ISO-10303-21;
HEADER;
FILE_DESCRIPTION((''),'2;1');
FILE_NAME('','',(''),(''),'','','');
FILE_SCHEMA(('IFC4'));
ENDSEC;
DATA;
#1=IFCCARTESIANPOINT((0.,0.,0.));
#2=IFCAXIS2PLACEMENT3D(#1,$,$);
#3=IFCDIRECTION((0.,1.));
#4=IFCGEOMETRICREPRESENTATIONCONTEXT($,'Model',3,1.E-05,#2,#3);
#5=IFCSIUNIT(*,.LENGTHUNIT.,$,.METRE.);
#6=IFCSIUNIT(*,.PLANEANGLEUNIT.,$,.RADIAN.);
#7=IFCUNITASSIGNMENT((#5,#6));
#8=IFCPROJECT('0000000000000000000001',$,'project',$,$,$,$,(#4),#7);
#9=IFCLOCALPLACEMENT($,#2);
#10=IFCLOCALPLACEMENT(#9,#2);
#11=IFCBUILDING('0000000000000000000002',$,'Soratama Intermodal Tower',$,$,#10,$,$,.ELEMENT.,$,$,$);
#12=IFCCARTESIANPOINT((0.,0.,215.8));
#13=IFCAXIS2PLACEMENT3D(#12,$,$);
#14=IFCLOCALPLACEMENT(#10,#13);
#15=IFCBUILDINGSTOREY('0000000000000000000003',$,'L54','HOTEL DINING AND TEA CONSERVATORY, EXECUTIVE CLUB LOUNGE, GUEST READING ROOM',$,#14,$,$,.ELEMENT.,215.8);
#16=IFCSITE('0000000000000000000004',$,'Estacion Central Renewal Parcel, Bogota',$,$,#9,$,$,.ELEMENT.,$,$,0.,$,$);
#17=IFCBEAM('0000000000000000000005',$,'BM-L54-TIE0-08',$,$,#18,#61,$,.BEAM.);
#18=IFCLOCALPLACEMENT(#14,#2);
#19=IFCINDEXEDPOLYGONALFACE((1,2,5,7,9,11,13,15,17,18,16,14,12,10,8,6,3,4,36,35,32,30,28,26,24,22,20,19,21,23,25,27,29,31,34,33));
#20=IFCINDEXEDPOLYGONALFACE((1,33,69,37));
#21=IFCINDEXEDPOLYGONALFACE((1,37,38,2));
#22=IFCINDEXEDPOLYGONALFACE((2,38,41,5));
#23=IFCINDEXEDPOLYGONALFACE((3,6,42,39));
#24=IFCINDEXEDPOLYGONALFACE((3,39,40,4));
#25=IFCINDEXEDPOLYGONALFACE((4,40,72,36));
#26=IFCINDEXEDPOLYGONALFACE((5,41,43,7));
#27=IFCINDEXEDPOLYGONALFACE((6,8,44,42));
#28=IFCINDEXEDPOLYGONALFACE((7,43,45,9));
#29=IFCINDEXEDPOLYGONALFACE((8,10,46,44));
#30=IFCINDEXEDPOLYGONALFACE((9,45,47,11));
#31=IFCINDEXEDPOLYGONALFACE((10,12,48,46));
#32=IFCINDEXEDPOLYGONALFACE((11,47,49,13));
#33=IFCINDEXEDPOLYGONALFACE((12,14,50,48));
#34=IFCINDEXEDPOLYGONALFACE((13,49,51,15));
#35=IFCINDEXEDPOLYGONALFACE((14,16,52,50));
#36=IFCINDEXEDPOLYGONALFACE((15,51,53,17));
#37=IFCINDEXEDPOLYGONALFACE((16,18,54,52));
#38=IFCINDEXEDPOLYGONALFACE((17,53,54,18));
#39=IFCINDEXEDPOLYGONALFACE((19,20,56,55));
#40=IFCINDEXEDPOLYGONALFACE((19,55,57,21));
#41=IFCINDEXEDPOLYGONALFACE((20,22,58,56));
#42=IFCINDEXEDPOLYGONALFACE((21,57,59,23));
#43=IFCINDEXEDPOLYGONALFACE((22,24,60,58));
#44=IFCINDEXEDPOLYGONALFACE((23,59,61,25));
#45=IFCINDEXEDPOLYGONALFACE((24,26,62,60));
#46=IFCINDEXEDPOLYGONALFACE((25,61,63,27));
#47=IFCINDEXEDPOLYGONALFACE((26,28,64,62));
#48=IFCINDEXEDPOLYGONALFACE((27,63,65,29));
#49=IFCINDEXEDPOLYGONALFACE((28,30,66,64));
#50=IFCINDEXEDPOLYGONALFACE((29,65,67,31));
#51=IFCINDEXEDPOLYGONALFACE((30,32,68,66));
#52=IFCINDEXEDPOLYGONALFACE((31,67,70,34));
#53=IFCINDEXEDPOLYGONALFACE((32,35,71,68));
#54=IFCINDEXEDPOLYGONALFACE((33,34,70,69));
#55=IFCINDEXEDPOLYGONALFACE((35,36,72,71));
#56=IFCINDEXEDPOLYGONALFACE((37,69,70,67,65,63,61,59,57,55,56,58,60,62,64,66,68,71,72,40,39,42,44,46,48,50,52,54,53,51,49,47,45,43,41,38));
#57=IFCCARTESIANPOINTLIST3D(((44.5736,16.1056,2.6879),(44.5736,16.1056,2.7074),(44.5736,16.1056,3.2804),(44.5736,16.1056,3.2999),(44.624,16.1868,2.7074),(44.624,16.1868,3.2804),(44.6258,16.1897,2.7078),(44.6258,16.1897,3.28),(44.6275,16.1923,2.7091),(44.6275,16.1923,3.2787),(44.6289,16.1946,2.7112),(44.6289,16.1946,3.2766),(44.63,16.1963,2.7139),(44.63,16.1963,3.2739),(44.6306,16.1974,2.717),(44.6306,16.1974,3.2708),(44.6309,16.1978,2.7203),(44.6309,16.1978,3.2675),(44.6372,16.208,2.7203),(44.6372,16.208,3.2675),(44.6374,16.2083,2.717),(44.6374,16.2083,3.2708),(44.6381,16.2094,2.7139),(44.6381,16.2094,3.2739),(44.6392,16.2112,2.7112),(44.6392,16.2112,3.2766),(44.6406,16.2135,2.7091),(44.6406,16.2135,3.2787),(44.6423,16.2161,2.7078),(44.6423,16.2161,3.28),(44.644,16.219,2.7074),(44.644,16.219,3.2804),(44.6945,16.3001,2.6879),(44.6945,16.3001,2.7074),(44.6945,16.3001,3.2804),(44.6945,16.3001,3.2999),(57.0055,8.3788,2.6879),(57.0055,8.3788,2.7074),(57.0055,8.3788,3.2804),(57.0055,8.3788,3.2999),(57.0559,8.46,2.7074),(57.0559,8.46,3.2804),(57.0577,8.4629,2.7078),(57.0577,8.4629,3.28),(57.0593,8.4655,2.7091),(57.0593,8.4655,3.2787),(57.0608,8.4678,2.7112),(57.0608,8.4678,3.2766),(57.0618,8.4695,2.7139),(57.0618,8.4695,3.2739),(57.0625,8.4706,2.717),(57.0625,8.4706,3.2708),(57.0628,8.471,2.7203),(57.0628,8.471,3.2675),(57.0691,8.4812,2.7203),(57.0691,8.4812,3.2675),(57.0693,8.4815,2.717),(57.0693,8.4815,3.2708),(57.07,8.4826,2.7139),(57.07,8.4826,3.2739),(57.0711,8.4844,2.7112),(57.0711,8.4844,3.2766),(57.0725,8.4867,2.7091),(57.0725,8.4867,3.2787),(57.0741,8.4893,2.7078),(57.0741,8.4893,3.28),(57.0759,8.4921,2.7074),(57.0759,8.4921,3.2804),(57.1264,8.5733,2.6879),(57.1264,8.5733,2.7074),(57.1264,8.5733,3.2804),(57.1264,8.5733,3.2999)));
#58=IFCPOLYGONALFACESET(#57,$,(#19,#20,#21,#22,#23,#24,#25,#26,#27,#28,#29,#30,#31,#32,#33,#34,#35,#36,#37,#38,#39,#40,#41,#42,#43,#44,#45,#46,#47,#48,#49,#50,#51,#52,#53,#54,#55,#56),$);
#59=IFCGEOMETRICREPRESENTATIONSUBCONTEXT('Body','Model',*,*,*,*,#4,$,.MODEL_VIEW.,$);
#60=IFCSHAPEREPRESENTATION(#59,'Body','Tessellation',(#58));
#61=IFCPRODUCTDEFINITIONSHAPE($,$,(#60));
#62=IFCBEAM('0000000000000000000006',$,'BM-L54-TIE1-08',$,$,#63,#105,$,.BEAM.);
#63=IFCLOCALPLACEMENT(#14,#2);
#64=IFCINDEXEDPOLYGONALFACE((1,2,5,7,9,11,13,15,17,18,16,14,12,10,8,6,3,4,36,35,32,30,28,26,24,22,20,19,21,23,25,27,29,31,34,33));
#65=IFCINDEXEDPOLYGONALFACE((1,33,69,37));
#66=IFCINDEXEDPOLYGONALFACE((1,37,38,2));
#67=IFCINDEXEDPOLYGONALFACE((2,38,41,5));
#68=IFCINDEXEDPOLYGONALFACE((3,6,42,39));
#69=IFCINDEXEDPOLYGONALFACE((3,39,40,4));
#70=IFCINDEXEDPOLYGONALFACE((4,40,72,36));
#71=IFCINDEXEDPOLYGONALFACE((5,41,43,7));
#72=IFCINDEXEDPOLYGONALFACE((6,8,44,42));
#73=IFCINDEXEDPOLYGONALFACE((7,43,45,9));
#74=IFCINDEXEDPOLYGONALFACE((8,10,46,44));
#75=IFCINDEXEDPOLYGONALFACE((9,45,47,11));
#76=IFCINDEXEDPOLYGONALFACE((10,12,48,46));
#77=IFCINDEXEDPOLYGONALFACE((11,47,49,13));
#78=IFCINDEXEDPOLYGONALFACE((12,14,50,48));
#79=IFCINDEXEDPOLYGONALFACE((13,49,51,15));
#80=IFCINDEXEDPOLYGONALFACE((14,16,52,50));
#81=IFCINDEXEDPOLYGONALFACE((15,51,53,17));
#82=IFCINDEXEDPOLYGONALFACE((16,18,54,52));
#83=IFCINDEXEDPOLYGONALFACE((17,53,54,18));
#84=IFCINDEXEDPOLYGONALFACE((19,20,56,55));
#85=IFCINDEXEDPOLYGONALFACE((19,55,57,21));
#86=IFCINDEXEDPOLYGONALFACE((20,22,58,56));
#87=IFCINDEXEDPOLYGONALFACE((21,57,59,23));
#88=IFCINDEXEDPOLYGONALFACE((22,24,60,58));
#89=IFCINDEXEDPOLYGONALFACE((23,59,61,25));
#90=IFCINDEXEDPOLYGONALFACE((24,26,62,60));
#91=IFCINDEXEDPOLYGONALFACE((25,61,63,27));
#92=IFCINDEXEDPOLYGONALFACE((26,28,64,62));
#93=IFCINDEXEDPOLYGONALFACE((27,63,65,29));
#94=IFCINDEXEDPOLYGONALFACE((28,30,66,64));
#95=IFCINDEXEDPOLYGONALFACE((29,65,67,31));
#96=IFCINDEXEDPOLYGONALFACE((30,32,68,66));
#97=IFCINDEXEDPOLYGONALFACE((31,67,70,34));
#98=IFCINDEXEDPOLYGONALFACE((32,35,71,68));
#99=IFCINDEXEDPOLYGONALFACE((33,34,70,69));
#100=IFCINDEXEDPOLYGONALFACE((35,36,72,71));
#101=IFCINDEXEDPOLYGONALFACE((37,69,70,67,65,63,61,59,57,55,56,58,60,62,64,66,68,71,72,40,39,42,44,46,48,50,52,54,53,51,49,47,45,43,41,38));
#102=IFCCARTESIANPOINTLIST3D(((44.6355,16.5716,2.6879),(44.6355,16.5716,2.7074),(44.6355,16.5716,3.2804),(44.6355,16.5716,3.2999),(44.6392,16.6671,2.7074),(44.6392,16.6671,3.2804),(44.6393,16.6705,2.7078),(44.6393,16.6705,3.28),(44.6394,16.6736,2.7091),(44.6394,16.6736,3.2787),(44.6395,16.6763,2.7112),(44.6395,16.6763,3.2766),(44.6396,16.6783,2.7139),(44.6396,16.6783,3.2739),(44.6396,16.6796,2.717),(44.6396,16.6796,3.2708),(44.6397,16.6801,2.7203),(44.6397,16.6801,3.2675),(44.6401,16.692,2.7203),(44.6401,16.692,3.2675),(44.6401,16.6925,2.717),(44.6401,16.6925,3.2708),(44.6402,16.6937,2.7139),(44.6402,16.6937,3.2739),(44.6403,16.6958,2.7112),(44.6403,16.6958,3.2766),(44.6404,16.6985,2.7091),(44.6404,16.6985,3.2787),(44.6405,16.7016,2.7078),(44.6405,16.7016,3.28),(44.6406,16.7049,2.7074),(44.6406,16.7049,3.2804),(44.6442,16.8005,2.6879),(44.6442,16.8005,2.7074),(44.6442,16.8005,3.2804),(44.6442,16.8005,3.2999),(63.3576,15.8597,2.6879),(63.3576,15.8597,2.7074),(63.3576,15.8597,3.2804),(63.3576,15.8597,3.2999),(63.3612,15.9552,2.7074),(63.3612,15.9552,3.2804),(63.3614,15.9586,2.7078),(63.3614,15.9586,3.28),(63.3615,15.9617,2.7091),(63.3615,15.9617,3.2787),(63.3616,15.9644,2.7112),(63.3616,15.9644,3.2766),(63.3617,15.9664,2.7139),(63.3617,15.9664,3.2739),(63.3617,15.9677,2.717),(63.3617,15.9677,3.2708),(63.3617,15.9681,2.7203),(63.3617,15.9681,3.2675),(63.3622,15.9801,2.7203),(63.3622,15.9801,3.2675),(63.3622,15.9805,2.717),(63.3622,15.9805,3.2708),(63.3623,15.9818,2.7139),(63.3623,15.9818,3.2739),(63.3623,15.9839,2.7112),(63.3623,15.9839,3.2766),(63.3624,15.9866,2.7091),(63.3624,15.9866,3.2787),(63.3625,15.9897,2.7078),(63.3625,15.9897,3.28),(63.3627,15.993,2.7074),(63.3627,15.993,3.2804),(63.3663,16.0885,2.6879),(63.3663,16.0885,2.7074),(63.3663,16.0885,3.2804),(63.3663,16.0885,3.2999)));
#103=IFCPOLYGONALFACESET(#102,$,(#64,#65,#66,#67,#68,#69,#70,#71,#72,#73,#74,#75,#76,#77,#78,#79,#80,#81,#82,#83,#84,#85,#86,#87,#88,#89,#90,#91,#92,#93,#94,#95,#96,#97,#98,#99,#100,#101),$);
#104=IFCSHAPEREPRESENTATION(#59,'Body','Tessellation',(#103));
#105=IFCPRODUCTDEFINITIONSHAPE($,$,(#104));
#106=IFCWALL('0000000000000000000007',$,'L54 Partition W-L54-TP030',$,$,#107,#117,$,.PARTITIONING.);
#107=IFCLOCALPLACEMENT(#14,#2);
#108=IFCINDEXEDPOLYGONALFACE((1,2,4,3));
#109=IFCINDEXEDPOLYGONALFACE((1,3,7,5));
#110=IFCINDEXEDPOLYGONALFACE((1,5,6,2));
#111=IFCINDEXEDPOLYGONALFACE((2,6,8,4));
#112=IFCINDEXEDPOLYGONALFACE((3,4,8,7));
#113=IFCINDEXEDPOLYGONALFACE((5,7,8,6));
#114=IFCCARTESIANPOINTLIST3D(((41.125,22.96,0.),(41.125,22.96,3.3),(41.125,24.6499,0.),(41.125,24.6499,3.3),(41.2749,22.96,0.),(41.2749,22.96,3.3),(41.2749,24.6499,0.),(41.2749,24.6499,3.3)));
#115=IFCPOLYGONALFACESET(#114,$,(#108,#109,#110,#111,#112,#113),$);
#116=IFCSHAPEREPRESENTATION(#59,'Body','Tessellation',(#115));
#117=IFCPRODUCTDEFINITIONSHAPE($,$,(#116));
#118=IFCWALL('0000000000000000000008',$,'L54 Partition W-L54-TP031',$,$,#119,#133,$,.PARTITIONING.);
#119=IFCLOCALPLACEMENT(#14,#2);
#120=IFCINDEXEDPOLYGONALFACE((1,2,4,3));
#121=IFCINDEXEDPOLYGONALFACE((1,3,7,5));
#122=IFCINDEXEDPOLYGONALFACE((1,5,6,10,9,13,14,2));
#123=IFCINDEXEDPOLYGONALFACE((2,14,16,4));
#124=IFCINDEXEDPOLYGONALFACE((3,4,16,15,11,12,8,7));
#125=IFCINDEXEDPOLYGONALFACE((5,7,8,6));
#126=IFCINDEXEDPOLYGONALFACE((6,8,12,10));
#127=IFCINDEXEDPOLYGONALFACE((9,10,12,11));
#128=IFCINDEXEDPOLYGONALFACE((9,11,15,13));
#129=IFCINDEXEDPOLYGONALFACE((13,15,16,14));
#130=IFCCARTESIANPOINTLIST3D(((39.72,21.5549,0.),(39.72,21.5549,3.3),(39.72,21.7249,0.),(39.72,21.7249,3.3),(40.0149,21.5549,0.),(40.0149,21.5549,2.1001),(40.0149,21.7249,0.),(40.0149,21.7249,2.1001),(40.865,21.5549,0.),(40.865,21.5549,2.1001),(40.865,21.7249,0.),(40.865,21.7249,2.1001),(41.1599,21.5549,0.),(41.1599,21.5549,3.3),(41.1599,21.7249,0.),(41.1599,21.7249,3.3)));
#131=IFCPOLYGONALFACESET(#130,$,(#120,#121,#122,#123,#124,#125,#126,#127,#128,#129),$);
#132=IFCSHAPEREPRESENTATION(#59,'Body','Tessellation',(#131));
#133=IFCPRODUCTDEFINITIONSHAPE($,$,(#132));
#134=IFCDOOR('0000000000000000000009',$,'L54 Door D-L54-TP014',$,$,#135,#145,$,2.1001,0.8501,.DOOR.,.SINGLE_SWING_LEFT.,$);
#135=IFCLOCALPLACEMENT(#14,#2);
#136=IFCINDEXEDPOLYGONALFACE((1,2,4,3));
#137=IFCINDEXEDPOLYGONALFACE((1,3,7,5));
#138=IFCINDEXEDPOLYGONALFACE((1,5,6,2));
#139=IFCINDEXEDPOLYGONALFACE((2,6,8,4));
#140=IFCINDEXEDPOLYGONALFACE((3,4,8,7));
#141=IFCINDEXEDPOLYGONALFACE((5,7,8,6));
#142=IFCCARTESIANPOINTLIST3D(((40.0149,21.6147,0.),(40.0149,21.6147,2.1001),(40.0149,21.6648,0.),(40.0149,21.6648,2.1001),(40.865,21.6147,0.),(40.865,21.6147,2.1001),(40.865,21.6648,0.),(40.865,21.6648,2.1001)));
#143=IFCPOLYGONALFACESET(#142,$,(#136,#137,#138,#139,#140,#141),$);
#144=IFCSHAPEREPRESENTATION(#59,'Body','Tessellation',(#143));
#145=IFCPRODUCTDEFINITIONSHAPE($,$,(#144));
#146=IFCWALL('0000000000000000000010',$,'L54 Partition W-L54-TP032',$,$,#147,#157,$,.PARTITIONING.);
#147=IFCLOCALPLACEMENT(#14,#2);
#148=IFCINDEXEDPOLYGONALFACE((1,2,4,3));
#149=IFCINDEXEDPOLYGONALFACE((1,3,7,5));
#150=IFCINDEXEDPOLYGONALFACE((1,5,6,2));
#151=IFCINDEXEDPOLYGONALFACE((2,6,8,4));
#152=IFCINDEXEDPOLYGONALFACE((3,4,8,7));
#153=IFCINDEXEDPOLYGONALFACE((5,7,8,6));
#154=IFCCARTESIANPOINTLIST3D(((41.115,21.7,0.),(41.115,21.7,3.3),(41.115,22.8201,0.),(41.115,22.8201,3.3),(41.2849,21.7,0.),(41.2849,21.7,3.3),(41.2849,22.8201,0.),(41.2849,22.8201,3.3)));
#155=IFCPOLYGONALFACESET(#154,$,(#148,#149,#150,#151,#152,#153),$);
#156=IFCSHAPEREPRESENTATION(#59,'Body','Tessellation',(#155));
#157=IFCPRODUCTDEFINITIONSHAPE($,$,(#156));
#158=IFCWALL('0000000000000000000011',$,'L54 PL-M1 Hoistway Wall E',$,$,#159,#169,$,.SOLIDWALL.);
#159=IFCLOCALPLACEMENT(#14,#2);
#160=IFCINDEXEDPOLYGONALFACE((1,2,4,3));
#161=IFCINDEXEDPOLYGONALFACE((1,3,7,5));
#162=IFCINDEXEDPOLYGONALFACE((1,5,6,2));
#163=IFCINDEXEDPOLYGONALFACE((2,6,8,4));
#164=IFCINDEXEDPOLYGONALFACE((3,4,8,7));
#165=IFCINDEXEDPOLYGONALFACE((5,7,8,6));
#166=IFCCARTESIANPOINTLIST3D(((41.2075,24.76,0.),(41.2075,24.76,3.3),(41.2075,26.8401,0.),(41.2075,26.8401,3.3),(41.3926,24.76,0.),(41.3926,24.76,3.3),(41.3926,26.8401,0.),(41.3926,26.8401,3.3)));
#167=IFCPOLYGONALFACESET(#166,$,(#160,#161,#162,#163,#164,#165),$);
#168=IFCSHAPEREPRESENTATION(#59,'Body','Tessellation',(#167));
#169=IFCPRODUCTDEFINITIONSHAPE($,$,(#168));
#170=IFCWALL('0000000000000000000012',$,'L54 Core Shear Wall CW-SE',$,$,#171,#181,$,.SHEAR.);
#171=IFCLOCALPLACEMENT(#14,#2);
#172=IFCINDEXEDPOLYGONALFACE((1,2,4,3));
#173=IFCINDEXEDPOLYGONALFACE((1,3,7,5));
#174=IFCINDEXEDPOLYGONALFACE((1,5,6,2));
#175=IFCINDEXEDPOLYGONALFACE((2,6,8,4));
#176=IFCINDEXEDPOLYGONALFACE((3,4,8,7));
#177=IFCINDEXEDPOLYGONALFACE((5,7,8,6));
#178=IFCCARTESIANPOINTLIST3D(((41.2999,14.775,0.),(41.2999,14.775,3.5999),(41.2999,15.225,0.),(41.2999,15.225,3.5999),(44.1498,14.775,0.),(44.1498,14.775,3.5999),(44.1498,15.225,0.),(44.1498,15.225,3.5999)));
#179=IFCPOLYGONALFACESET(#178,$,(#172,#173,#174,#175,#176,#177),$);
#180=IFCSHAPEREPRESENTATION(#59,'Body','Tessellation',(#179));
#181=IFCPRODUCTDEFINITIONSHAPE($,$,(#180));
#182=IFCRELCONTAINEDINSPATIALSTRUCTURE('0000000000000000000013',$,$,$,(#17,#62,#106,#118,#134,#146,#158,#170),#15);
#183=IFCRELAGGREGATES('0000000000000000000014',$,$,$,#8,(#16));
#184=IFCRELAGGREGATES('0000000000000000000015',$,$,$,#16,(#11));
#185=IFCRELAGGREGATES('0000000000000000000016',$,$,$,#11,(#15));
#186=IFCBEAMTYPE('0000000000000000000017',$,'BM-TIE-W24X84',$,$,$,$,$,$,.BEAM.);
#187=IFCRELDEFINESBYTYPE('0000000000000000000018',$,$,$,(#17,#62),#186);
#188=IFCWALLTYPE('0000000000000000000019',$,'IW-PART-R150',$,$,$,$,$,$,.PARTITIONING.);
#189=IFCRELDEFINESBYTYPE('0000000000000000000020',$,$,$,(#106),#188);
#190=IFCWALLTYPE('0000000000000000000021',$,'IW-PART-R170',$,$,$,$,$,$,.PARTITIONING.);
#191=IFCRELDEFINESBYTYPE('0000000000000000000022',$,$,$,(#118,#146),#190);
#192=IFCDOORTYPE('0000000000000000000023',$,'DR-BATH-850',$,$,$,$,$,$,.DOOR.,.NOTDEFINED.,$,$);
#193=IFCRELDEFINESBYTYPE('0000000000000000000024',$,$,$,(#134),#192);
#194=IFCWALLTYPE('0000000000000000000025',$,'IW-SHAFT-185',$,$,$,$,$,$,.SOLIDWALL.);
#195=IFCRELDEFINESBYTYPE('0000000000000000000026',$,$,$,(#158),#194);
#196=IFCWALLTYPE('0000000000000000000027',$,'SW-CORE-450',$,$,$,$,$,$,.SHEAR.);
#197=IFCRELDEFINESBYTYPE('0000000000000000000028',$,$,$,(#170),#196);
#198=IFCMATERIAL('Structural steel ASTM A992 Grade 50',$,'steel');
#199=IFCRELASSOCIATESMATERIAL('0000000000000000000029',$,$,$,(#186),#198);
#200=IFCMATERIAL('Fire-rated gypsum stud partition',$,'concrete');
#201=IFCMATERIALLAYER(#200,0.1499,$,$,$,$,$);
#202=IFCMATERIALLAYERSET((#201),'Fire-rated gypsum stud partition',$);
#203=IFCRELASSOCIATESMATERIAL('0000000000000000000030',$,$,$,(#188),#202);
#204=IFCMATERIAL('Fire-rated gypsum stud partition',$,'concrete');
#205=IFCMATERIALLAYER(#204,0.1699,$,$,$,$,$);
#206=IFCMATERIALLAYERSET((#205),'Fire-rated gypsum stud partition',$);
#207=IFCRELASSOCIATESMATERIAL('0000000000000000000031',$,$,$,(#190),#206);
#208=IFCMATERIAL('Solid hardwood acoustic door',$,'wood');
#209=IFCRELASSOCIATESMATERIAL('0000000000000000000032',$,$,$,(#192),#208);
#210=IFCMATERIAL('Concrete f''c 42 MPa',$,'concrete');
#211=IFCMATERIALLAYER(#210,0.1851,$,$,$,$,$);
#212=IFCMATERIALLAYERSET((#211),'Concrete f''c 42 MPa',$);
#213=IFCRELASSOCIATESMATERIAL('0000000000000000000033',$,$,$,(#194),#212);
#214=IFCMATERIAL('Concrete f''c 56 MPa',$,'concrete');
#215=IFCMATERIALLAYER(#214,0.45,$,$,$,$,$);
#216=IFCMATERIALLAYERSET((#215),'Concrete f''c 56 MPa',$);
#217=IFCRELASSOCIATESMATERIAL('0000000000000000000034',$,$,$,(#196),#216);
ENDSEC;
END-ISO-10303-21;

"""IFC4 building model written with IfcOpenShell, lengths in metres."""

from ifc_helpers import new_model, si_unit, direction, frame, frame_2d, origin, origin_2d, place, context, subcontext, project, spatial, rectangle, i_section, extrude, material, layer, layer_set, material_profile, profile_set, type_object, element, fill, save


model = new_model("IFC4")

# Units and contexts
model_context = context("Model", 3, precision=1e-05, world=origin(), true_north=direction((0.0, 1.0)))
body_context = subcontext(model_context, "Body", "Model", "MODEL_VIEW")
ifc_project = project(units=[si_unit("LENGTHUNIT", "METRE"), si_unit("PLANEANGLEUNIT", "RADIAN")], contexts=[model_context])

# Site, building, storey
site_placement = place(None, origin())
site = spatial("IfcSite", under=ifc_project, at=site_placement, Name="Estacion Central Renewal Parcel, Bogota", CompositionType="ELEMENT", RefElevation=0.0)
building_placement = place(site_placement, origin())
building = spatial("IfcBuilding", under=site, at=building_placement, Name="Soratama Intermodal Tower", CompositionType="ELEMENT")
storey_placement = place(building_placement, frame((0.0, 0.0, 215.8)))
storey = spatial("IfcBuildingStorey", under=building, at=storey_placement, Name="L54", Description="HOTEL DINING AND TEA CONSERVATORY, EXECUTIVE CLUB LOUNGE, GUEST READING ROOM", CompositionType="ELEMENT", Elevation=215.8)

# Beams
ifc_material_1 = material(Name="Structural steel ASTM A992 Grade 50", Category="steel")
ifc_material_profile_1 = material_profile(ifc_material_1, i_section(OverallWidth=0.229, OverallDepth=0.6121, WebThickness=0.012, FlangeThickness=0.0195, FilletRadius=0.0129, at=origin_2d()), Name="W24X84")
ifc_profile_set_1 = profile_set([ifc_material_profile_1], Name="Structural steel ASTM A992 Grade 50")
beam_type_1 = type_object("IfcBeamType", Name="BM-TIE-W24X84", PredefinedType="BEAM", material=ifc_profile_set_1)
beam_1_placement = place(storey_placement, frame((44.634, 16.2029, 2.9939), z_axis=(0.84932, -0.527879, 0.0), x_axis=(0.527879, 0.84932, 0.0)))
element("IfcBeam", 1, at=beam_1_placement, inside=storey, type_object=beam_type_1, Name="BM-L54-TIE0-08", PredefinedType="BEAM", context=body_context, shape_type="SweptSolid", body=[
    extrude(i_section(OverallWidth=0.229, OverallDepth=0.6121, WebThickness=0.012, FlangeThickness=0.0195, FilletRadius=0.0129, at=origin_2d()), origin(), (0.0, 0.0, 1.0), 14.6375),
])
beam_2_placement = place(storey_placement, frame((44.6399, 16.686, 2.9939), z_axis=(0.999278, -0.037998, 0.0), x_axis=(0.037998, 0.999278, 0.0)))
element("IfcBeam", 2, at=beam_2_placement, inside=storey, type_object=beam_type_1, Name="BM-L54-TIE1-08", PredefinedType="BEAM", context=body_context, shape_type="SweptSolid", body=[
    extrude(i_section(OverallWidth=0.229, OverallDepth=0.6121, WebThickness=0.012, FlangeThickness=0.0195, FilletRadius=0.0129, at=origin_2d()), origin(), (0.0, 0.0, 1.0), 18.7356),
])

# Wall
ifc_material_2 = material(Name="Fire-rated gypsum stud partition", Category="concrete")
ifc_layer_1 = layer(ifc_material_2, 0.1499)
ifc_layer_set_1 = layer_set([ifc_layer_1], Name="Fire-rated gypsum stud partition")
wall_type_1 = type_object("IfcWallType", Name="IW-PART-R150", PredefinedType="PARTITIONING", material=ifc_layer_set_1)
wall_1_placement = place(storey_placement, frame((41.2, 22.96, 0.0), z_axis=(0.0, 0.0, 1.0), x_axis=(0.0, 1.0, 0.0)))
element("IfcWall", 3, at=wall_1_placement, inside=storey, type_object=wall_type_1, Name="L54 Partition W-L54-TP030", PredefinedType="PARTITIONING", context=body_context, shape_type="SweptSolid", body=[
    extrude(rectangle(XDim=1.6899, YDim=0.1499, at=frame_2d((0.845, 0.0))), origin(), (0.0, 0.0, 1.0), 3.3),
])

# Wall, opening, door
ifc_material_3 = material(Name="Fire-rated gypsum stud partition", Category="concrete")
ifc_layer_2 = layer(ifc_material_3, 0.1699)
ifc_layer_set_2 = layer_set([ifc_layer_2], Name="Fire-rated gypsum stud partition")
wall_type_2 = type_object("IfcWallType", Name="IW-PART-R170", PredefinedType="PARTITIONING", material=ifc_layer_set_2)
wall_2_placement = place(storey_placement, frame((39.72, 21.6399, 0.0), z_axis=(0.0, 0.0, 1.0), x_axis=(1.0, 0.0, 0.0)))
wall_2 = element("IfcWall", 4, at=wall_2_placement, inside=storey, type_object=wall_type_2, Name="L54 Partition W-L54-TP031", PredefinedType="PARTITIONING", context=body_context, shape_type="SweptSolid", body=[
    extrude(rectangle(XDim=1.4399, YDim=0.1699, at=frame_2d((0.72, 0.0))), origin(), (0.0, 0.0, 1.0), 3.3),
])
opening_1_placement = place(wall_2_placement, frame((0.2949, 0.0, 0.0)))
opening_1 = element("IfcOpeningElement", 5, at=opening_1_placement, cuts=wall_2, PredefinedType="OPENING", context=body_context, shape_type="SweptSolid", body=[
    extrude(rectangle(XDim=0.8501, YDim=2.1001, at=frame_2d((0.425, 1.05))), frame((0.0, 0.095, 0.0), z_axis=(0.0, -1.0, 0.0), x_axis=(1.0, 0.0, 0.0)), (0.0, 0.0, 1.0), 0.1899),
])
ifc_material_4 = material(Name="Solid hardwood acoustic door", Category="wood")
door_type_1 = type_object("IfcDoorType", Name="DR-BATH-850", OperationType="NOTDEFINED", PredefinedType="DOOR", material=ifc_material_4)
door_1_placement = place(opening_1_placement, origin())
door_1 = element("IfcDoor", 6, at=door_1_placement, inside=storey, type_object=door_type_1, Name="L54 Door D-L54-TP014", OperationType="SINGLE_SWING_LEFT", OverallHeight=2.1001, OverallWidth=0.8501, PredefinedType="DOOR", context=body_context, shape_type="SweptSolid", body=[
    extrude(rectangle(XDim=0.8501, YDim=2.1001, at=frame_2d((0.425, 1.05))), frame((0.0, 0.0249, 0.0), z_axis=(0.0, -1.0, 0.0), x_axis=(1.0, 0.0, 0.0)), (0.0, 0.0, 1.0), 0.05),
])
fill(opening_1, door_1)

# Walls
wall_3_placement = place(storey_placement, frame((41.2, 21.7, 0.0), z_axis=(0.0, 0.0, 1.0), x_axis=(0.0, 1.0, 0.0)))
element("IfcWall", 7, at=wall_3_placement, inside=storey, type_object=wall_type_2, Name="L54 Partition W-L54-TP032", PredefinedType="PARTITIONING", context=body_context, shape_type="SweptSolid", body=[
    extrude(rectangle(XDim=1.1201, YDim=0.1699, at=frame_2d((0.5601, 0.0))), origin(), (0.0, 0.0, 1.0), 3.3),
])
ifc_material_5 = material(Name="Concrete f'c 42 MPa", Category="concrete")
ifc_layer_3 = layer(ifc_material_5, 0.1851)
ifc_layer_set_3 = layer_set([ifc_layer_3], Name="Concrete f'c 42 MPa")
wall_type_3 = type_object("IfcWallType", Name="IW-SHAFT-185", PredefinedType="SOLIDWALL", material=ifc_layer_set_3)
wall_4_placement = place(storey_placement, frame((41.3, 24.76, 0.0), z_axis=(0.0, 0.0, 1.0), x_axis=(0.0, 1.0, 0.0)))
element("IfcWall", 8, at=wall_4_placement, inside=storey, type_object=wall_type_3, Name="L54 PL-M1 Hoistway Wall E", PredefinedType="SOLIDWALL", context=body_context, shape_type="SweptSolid", body=[
    extrude(rectangle(XDim=2.0801, YDim=0.1851, at=frame_2d((1.04, 0.0))), origin(), (0.0, 0.0, 1.0), 3.3),
])
ifc_material_6 = material(Name="Concrete f'c 56 MPa", Category="concrete")
ifc_layer_4 = layer(ifc_material_6, 0.45)
ifc_layer_set_4 = layer_set([ifc_layer_4], Name="Concrete f'c 56 MPa")
wall_type_4 = type_object("IfcWallType", Name="SW-CORE-450", PredefinedType="SHEAR", material=ifc_layer_set_4)
wall_5_placement = place(storey_placement, frame((41.3, 15.0, 0.0), z_axis=(0.0, 0.0, 1.0), x_axis=(1.0, 0.0, 0.0)))
element("IfcWall", 9, at=wall_5_placement, inside=storey, type_object=wall_type_4, Name="L54 Core Shear Wall CW-SE", PredefinedType="SHEAR", context=body_context, shape_type="SweptSolid", body=[
    extrude(rectangle(XDim=2.8499, YDim=0.45, at=frame_2d((1.4248, 0.0))), origin(), (0.0, 0.0, 1.0), 3.5999),
])

save(model, "model.ifc")
